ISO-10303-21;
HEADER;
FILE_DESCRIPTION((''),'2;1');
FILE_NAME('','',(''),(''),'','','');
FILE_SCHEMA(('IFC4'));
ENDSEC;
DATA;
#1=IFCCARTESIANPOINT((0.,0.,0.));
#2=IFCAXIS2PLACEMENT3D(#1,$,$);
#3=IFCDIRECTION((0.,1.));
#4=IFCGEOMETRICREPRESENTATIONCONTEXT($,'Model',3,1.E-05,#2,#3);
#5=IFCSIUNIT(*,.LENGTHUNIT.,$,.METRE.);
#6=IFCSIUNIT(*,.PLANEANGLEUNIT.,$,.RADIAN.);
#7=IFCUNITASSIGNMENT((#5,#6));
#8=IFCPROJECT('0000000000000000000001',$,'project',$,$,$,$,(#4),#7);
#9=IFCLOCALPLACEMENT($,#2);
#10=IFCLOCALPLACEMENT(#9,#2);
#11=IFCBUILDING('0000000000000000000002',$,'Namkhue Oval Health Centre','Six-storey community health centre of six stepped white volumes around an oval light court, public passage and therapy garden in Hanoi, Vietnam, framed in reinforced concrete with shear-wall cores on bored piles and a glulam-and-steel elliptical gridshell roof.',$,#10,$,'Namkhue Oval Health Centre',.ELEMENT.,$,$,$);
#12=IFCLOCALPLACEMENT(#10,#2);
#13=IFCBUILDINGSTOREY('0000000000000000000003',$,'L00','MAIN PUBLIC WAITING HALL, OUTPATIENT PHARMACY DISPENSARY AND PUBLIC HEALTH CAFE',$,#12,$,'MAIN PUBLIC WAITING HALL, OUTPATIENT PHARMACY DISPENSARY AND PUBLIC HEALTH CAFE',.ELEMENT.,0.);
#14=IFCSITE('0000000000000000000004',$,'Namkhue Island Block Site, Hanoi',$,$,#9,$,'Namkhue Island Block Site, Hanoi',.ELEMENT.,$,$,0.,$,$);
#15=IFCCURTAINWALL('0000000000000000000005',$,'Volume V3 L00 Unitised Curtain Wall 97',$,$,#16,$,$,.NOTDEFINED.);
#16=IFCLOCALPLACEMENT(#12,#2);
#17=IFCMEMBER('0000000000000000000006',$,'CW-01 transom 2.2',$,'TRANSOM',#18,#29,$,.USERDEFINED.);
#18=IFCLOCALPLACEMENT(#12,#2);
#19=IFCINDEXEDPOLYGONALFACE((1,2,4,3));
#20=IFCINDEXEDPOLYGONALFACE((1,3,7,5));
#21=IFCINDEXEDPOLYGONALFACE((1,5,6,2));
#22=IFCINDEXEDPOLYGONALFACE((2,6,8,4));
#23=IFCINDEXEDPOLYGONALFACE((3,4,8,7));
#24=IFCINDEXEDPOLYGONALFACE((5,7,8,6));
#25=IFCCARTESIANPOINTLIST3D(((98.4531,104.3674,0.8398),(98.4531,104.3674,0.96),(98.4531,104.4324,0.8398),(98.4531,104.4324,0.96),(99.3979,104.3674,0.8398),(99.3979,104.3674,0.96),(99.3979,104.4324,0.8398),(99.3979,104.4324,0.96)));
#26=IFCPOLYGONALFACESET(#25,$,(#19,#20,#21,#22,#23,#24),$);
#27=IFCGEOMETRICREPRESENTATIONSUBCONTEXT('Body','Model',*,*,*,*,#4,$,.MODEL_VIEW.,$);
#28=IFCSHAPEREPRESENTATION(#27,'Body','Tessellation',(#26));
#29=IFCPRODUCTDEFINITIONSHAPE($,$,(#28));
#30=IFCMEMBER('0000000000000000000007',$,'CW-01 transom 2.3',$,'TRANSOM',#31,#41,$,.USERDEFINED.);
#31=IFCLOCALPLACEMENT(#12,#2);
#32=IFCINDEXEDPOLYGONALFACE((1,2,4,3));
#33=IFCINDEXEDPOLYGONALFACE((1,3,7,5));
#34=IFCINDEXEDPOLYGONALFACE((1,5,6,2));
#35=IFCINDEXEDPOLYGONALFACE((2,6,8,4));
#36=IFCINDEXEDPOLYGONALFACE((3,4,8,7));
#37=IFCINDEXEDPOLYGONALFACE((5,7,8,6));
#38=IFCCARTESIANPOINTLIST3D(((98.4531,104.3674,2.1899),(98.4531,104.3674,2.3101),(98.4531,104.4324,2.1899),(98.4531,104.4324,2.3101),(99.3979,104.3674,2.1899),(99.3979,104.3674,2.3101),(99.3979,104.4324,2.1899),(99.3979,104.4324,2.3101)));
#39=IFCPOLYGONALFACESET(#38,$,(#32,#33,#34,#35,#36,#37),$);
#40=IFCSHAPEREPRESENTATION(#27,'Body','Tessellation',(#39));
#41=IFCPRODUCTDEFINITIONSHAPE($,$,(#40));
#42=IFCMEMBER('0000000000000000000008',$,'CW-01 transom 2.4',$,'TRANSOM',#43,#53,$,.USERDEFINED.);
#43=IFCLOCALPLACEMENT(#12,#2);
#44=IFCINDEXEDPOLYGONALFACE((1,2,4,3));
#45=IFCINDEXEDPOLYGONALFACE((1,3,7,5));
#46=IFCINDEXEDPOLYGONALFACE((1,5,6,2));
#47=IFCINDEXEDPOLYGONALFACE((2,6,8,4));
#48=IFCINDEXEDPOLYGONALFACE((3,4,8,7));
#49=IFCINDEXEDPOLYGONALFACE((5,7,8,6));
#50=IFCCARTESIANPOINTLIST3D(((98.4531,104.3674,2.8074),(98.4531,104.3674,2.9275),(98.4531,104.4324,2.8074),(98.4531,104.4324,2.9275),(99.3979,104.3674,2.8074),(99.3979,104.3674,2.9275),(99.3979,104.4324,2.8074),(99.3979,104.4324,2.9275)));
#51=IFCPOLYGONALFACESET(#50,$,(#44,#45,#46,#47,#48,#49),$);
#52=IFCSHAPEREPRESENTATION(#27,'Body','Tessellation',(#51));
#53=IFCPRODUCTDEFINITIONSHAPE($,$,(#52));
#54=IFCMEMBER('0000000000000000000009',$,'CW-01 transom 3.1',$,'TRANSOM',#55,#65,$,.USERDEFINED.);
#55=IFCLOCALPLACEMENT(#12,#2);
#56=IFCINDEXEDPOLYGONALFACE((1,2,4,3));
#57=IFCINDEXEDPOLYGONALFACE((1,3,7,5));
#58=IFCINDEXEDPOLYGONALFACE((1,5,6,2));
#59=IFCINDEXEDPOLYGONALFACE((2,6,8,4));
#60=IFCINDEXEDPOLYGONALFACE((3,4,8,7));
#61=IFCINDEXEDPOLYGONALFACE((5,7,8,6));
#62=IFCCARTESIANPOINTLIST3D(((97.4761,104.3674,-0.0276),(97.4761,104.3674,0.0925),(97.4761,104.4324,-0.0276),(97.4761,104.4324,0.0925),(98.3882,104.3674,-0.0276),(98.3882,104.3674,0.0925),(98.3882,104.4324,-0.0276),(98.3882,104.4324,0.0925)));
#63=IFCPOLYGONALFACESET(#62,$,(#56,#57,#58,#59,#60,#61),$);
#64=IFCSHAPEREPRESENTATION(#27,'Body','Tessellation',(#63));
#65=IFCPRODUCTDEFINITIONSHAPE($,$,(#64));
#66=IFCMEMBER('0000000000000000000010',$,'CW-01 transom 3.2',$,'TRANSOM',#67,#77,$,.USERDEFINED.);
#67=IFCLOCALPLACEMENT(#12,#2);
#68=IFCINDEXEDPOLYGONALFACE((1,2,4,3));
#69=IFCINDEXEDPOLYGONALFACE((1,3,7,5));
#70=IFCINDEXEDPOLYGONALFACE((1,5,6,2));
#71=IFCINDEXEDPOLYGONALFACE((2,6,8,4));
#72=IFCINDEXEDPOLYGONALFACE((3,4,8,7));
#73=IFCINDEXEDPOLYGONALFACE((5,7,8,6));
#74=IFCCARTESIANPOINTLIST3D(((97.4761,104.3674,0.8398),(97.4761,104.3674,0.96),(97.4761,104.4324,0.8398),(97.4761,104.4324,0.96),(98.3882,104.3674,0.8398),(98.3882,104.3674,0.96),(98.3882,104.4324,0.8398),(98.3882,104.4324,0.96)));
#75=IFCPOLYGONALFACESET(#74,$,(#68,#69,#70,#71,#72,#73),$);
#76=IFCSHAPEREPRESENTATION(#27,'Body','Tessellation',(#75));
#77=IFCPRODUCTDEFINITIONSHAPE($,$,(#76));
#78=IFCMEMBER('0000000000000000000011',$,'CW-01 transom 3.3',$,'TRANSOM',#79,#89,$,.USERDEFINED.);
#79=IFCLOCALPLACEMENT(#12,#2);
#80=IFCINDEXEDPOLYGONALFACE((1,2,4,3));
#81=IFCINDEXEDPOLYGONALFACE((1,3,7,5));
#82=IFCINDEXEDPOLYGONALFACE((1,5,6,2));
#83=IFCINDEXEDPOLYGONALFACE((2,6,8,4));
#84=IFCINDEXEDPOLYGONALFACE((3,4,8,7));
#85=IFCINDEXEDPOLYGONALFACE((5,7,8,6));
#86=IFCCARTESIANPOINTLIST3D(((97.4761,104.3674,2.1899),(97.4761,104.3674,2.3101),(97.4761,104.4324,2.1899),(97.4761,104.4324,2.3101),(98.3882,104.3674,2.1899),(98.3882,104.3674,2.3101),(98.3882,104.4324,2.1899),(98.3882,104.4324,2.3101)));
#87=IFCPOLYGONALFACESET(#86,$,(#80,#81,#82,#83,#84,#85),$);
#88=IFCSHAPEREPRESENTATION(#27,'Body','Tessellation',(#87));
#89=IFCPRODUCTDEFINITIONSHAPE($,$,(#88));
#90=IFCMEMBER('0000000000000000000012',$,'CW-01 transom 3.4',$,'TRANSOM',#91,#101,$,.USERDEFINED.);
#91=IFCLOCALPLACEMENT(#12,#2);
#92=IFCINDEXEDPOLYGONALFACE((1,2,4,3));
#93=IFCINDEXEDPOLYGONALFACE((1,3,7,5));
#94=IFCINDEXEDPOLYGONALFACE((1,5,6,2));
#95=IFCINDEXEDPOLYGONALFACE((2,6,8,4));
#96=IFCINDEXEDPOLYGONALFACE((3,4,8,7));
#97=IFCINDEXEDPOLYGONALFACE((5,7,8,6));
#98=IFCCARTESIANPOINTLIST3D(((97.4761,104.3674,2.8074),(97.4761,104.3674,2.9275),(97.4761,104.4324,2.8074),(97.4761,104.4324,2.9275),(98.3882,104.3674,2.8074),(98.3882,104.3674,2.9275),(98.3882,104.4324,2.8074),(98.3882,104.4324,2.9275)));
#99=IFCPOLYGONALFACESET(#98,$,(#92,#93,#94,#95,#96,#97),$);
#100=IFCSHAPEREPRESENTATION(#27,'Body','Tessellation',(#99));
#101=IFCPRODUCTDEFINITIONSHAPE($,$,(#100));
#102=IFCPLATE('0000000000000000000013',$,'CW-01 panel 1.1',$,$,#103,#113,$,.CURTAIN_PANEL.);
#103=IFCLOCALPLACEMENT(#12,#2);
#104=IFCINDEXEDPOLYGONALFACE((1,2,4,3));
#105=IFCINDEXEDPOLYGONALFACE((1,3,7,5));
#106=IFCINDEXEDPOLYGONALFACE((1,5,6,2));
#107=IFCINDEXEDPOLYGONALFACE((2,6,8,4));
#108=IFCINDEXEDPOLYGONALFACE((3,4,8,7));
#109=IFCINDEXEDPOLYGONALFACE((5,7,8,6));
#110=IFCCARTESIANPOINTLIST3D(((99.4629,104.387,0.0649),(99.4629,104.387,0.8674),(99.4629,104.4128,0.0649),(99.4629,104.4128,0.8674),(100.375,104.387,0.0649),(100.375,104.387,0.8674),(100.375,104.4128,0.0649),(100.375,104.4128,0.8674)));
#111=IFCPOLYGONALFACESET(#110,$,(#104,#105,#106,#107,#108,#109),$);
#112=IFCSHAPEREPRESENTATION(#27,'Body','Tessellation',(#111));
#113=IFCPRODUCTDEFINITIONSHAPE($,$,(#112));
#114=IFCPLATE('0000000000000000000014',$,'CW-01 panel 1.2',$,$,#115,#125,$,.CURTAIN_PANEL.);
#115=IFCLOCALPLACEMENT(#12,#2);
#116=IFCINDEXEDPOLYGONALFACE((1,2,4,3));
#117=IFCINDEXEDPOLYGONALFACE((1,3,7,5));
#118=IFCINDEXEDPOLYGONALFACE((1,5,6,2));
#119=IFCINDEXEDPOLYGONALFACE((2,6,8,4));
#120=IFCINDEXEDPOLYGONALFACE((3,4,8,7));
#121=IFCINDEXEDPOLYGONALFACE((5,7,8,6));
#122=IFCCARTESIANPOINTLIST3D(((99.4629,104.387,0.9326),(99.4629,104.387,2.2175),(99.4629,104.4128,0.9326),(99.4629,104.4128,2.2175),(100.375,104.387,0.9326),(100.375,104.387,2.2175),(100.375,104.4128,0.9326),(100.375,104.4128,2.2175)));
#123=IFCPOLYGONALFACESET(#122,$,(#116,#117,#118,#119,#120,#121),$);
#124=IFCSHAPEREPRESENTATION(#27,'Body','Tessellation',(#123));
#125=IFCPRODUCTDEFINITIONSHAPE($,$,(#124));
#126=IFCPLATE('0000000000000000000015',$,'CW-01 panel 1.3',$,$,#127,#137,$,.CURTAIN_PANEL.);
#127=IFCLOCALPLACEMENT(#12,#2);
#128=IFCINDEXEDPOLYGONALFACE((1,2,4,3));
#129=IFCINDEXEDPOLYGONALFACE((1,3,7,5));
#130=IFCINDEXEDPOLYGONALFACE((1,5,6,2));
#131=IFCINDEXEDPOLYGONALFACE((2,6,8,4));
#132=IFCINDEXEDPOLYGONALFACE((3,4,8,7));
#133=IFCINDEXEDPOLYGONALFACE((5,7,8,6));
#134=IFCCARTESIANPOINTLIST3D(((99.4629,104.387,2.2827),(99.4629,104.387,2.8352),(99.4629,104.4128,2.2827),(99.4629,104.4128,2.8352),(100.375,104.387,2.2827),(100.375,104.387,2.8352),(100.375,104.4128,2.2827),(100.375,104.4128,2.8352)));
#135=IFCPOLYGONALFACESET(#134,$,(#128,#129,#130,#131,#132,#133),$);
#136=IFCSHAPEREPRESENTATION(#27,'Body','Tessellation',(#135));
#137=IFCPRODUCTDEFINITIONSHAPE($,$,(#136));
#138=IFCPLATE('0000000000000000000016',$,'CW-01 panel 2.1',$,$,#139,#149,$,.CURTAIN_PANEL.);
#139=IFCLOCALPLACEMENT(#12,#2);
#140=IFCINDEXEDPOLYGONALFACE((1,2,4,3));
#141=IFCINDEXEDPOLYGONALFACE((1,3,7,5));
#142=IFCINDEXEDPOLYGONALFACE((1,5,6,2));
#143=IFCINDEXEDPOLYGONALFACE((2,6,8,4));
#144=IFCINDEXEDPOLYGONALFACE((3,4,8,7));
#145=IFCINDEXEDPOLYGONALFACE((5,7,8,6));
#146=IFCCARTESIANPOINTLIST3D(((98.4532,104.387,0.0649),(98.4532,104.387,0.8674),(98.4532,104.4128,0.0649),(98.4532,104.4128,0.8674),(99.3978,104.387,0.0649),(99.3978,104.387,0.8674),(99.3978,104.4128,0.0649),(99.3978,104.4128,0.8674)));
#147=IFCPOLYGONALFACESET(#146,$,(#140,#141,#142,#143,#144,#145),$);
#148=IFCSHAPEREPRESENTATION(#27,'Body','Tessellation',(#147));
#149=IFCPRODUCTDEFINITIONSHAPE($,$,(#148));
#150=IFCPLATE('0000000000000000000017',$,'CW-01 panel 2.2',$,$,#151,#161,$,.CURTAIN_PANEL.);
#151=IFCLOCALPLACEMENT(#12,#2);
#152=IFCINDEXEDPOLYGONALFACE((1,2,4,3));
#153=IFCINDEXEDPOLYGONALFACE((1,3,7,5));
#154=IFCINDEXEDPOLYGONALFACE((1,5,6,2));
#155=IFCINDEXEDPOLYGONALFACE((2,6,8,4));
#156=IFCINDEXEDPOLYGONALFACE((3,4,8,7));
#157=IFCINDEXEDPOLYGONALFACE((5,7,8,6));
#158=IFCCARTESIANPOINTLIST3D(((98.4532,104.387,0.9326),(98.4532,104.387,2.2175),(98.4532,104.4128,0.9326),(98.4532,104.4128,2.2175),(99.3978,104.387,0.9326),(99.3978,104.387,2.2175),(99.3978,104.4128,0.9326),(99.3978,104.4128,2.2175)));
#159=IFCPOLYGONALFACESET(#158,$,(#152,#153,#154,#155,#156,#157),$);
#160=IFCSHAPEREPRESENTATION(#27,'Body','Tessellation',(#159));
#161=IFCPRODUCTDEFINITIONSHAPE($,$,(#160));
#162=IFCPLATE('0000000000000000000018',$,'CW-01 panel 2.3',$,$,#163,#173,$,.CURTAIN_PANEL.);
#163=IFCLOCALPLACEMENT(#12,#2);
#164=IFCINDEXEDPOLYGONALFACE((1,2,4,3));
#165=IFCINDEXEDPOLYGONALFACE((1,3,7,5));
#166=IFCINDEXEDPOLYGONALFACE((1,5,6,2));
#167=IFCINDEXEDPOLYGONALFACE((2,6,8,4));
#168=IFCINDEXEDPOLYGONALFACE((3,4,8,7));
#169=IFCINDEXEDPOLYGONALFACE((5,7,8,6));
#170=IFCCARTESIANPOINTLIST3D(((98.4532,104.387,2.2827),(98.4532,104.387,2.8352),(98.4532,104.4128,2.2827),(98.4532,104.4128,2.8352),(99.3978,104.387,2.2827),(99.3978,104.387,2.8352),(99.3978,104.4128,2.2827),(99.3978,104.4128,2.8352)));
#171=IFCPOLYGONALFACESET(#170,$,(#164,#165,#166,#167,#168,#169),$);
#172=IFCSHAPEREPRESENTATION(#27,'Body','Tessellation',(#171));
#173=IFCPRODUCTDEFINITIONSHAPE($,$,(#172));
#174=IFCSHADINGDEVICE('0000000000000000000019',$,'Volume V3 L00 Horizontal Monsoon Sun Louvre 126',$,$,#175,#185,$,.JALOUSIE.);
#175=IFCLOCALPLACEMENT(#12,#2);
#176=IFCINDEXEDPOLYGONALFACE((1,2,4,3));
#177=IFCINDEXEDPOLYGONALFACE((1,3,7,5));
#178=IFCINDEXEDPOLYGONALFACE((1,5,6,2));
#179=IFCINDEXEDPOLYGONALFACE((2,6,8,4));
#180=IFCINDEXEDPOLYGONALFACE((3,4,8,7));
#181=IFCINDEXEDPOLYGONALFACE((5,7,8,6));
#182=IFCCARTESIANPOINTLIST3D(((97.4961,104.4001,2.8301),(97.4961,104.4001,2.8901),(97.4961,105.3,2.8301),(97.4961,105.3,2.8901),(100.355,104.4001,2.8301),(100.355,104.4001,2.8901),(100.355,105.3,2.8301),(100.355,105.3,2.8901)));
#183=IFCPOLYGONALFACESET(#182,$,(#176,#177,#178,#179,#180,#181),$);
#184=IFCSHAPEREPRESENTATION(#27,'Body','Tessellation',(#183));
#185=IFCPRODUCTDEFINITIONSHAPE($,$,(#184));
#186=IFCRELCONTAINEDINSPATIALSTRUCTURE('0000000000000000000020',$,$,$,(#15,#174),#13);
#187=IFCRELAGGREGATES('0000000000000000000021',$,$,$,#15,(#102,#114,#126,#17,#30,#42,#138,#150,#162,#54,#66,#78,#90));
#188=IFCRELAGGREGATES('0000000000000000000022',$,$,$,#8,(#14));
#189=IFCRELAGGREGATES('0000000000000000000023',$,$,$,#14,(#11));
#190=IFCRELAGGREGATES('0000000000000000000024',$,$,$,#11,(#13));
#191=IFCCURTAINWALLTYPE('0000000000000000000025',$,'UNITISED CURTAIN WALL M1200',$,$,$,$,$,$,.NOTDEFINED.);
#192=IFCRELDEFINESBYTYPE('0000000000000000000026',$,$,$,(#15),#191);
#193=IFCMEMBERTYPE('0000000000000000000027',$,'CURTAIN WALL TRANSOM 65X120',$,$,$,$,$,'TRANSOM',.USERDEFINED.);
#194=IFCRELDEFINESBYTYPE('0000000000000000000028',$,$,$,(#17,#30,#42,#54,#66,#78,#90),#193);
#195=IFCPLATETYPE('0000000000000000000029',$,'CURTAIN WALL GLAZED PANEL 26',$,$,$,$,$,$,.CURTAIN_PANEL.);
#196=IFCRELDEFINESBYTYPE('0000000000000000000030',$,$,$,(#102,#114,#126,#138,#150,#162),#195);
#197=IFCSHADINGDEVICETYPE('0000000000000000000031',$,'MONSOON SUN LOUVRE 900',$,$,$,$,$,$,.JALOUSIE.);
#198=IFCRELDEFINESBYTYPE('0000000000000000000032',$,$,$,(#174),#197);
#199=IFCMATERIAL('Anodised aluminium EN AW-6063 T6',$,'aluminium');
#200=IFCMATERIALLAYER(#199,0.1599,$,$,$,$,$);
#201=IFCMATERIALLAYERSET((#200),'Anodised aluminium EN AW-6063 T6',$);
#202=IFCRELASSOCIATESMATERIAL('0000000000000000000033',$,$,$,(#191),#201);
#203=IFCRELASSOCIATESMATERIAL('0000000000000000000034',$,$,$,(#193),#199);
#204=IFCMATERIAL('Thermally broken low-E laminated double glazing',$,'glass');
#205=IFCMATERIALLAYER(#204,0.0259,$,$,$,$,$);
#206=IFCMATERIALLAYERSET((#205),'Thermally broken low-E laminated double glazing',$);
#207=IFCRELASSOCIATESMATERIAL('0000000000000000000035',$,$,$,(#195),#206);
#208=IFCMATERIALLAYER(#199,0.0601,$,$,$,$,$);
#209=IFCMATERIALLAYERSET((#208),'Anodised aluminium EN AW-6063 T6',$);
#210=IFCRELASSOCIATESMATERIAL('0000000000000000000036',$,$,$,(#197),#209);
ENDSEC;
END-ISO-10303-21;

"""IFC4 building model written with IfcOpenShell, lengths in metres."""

from ifc_helpers import new_model, si_unit, direction, frame, origin, origin_2d, place, context, subcontext, project, spatial, rectangle, extrude, material, layer, layer_set, material_profile, profile_set, type_object, element, aggregate, save


model = new_model("IFC4")

# Units and contexts
model_context = context("Model", 3, precision=1e-05, world=origin(), true_north=direction((0.0, 1.0)))
body_context = subcontext(model_context, "Body", "Model", "MODEL_VIEW")
ifc_project = project(units=[si_unit("LENGTHUNIT", "METRE"), si_unit("PLANEANGLEUNIT", "RADIAN")], contexts=[model_context])

# Site, building, storey
site_placement = place(None, origin())
site = spatial("IfcSite", under=ifc_project, at=site_placement, Name="Namkhue Island Block Site, Hanoi", LongName="Namkhue Island Block Site, Hanoi", CompositionType="ELEMENT", RefElevation=0.0)
building_placement = place(site_placement, origin())
building = spatial("IfcBuilding", under=site, at=building_placement, Name="Namkhue Oval Health Centre", Description="Six-storey community health centre of six stepped white volumes around an oval light court, public passage and therapy garden in Hanoi, Vietnam, framed in reinforced concrete with shear-wall cores on bored piles and a glulam-and-steel elliptical gridshell roof.", LongName="Namkhue Oval Health Centre", CompositionType="ELEMENT")
storey_placement = place(building_placement, origin())
storey = spatial("IfcBuildingStorey", under=building, at=storey_placement, Name="L00", Description="MAIN PUBLIC WAITING HALL, OUTPATIENT PHARMACY DISPENSARY AND PUBLIC HEALTH CAFE", LongName="MAIN PUBLIC WAITING HALL, OUTPATIENT PHARMACY DISPENSARY AND PUBLIC HEALTH CAFE", CompositionType="ELEMENT", Elevation=0.0)

# Curtain wall, members, plates
ifc_material_1 = material(Name="Anodised aluminium EN AW-6063 T6", Category="aluminium")
ifc_layer_1 = layer(ifc_material_1, 0.1599)
ifc_layer_set_1 = layer_set([ifc_layer_1], Name="Anodised aluminium EN AW-6063 T6")
curtain_wall_type = type_object("IfcCurtainWallType", Name="UNITISED CURTAIN WALL M1200", PredefinedType="NOTDEFINED", material=ifc_layer_set_1)
curtain_wall_placement = place(storey_placement, origin())
curtain_wall = element("IfcCurtainWall", 1, at=curtain_wall_placement, inside=storey, type_object=curtain_wall_type, Name="Volume V3 L00 Unitised Curtain Wall 97", PredefinedType="NOTDEFINED")
ifc_material_profile_1 = material_profile(ifc_material_1, rectangle(XDim=0.0649, YDim=0.1201, at=origin_2d()), Name="ALU 65x120")
ifc_profile_set_1 = profile_set([ifc_material_profile_1], Name="Anodised aluminium EN AW-6063 T6")
member_type_1 = type_object("IfcMemberType", Name="CURTAIN WALL TRANSOM 65X120", ElementType="TRANSOM", PredefinedType="USERDEFINED", material=ifc_profile_set_1)
member_1_placement = place(storey_placement, frame((99.3979, 104.3999, 0.8999), z_axis=(-1.0, 0.0, 0.0), x_axis=(0.0, -1.0, 0.0)))
member_1 = element("IfcMember", 2, at=member_1_placement, type_object=member_type_1, Name="CW-01 transom 2.2", ObjectType="TRANSOM", PredefinedType="USERDEFINED", context=body_context, shape_type="SweptSolid", body=[
    extrude(rectangle(XDim=0.0649, YDim=0.1201, at=origin_2d()), origin(), (0.0, 0.0, 1.0), 0.9448),
])
member_2_placement = place(storey_placement, frame((99.3979, 104.3999, 2.25), z_axis=(-1.0, 0.0, 0.0), x_axis=(0.0, -1.0, 0.0)))
member_2 = element("IfcMember", 3, at=member_2_placement, type_object=member_type_1, Name="CW-01 transom 2.3", ObjectType="TRANSOM", PredefinedType="USERDEFINED", context=body_context, shape_type="SweptSolid", body=[
    extrude(rectangle(XDim=0.0649, YDim=0.1201, at=origin_2d()), origin(), (0.0, 0.0, 1.0), 0.9448),
])
member_3_placement = place(storey_placement, frame((99.3979, 104.3999, 2.8674), z_axis=(-1.0, 0.0, 0.0), x_axis=(0.0, -1.0, 0.0)))
member_3 = element("IfcMember", 4, at=member_3_placement, type_object=member_type_1, Name="CW-01 transom 2.4", ObjectType="TRANSOM", PredefinedType="USERDEFINED", context=body_context, shape_type="SweptSolid", body=[
    extrude(rectangle(XDim=0.0649, YDim=0.1201, at=origin_2d()), origin(), (0.0, 0.0, 1.0), 0.9448),
])
member_4_placement = place(storey_placement, frame((98.3882, 104.3999, 0.0325), z_axis=(-1.0, 0.0, 0.0), x_axis=(0.0, -1.0, 0.0)))
member_4 = element("IfcMember", 5, at=member_4_placement, type_object=member_type_1, Name="CW-01 transom 3.1", ObjectType="TRANSOM", PredefinedType="USERDEFINED", context=body_context, shape_type="SweptSolid", body=[
    extrude(rectangle(XDim=0.0649, YDim=0.1201, at=origin_2d()), origin(), (0.0, 0.0, 1.0), 0.9121),
])
member_5_placement = place(storey_placement, frame((98.3882, 104.3999, 0.8999), z_axis=(-1.0, 0.0, 0.0), x_axis=(0.0, -1.0, 0.0)))
member_5 = element("IfcMember", 6, at=member_5_placement, type_object=member_type_1, Name="CW-01 transom 3.2", ObjectType="TRANSOM", PredefinedType="USERDEFINED", context=body_context, shape_type="SweptSolid", body=[
    extrude(rectangle(XDim=0.0649, YDim=0.1201, at=origin_2d()), origin(), (0.0, 0.0, 1.0), 0.9121),
])
member_6_placement = place(storey_placement, frame((98.3882, 104.3999, 2.25), z_axis=(-1.0, 0.0, 0.0), x_axis=(0.0, -1.0, 0.0)))
member_6 = element("IfcMember", 7, at=member_6_placement, type_object=member_type_1, Name="CW-01 transom 3.3", ObjectType="TRANSOM", PredefinedType="USERDEFINED", context=body_context, shape_type="SweptSolid", body=[
    extrude(rectangle(XDim=0.0649, YDim=0.1201, at=origin_2d()), origin(), (0.0, 0.0, 1.0), 0.9121),
])
member_7_placement = place(storey_placement, frame((98.3882, 104.3999, 2.8674), z_axis=(-1.0, 0.0, 0.0), x_axis=(0.0, -1.0, 0.0)))
member_7 = element("IfcMember", 8, at=member_7_placement, type_object=member_type_1, Name="CW-01 transom 3.4", ObjectType="TRANSOM", PredefinedType="USERDEFINED", context=body_context, shape_type="SweptSolid", body=[
    extrude(rectangle(XDim=0.0649, YDim=0.1201, at=origin_2d()), origin(), (0.0, 0.0, 1.0), 0.9121),
])
ifc_material_2 = material(Name="Thermally broken low-E laminated double glazing", Category="glass")
ifc_layer_2 = layer(ifc_material_2, 0.0259)
ifc_layer_set_2 = layer_set([ifc_layer_2], Name="Thermally broken low-E laminated double glazing")
plate_type = type_object("IfcPlateType", Name="CURTAIN WALL GLAZED PANEL 26", PredefinedType="CURTAIN_PANEL", material=ifc_layer_set_2)
plate_1_placement = place(storey_placement, frame((99.9189, 104.3999, 0.0649), z_axis=(0.0, 0.0, 1.0), x_axis=(-1.0, 0.0, 0.0)))
plate_1 = element("IfcPlate", 9, at=plate_1_placement, type_object=plate_type, Name="CW-01 panel 1.1", PredefinedType="CURTAIN_PANEL", context=body_context, shape_type="SweptSolid", body=[
    extrude(rectangle(XDim=0.9121, YDim=0.0259, at=origin_2d()), origin(), (0.0, 0.0, 1.0), 0.8025),
])
plate_2_placement = place(storey_placement, frame((99.9189, 104.3999, 0.9326), z_axis=(0.0, 0.0, 1.0), x_axis=(-1.0, 0.0, 0.0)))
plate_2 = element("IfcPlate", 10, at=plate_2_placement, type_object=plate_type, Name="CW-01 panel 1.2", PredefinedType="CURTAIN_PANEL", context=body_context, shape_type="SweptSolid", body=[
    extrude(rectangle(XDim=0.9121, YDim=0.0259, at=origin_2d()), origin(), (0.0, 0.0, 1.0), 1.2849),
])
plate_3_placement = place(storey_placement, frame((99.9189, 104.3999, 2.2827), z_axis=(0.0, 0.0, 1.0), x_axis=(-1.0, 0.0, 0.0)))
plate_3 = element("IfcPlate", 11, at=plate_3_placement, type_object=plate_type, Name="CW-01 panel 1.3", PredefinedType="CURTAIN_PANEL", context=body_context, shape_type="SweptSolid", body=[
    extrude(rectangle(XDim=0.9121, YDim=0.0259, at=origin_2d()), origin(), (0.0, 0.0, 1.0), 0.5525),
])
plate_4_placement = place(storey_placement, frame((98.9255, 104.3999, 0.0649), z_axis=(0.0, 0.0, 1.0), x_axis=(-1.0, 0.0, 0.0)))
plate_4 = element("IfcPlate", 12, at=plate_4_placement, type_object=plate_type, Name="CW-01 panel 2.1", PredefinedType="CURTAIN_PANEL", context=body_context, shape_type="SweptSolid", body=[
    extrude(rectangle(XDim=0.9446, YDim=0.0259, at=origin_2d()), origin(), (0.0, 0.0, 1.0), 0.8025),
])
plate_5_placement = place(storey_placement, frame((98.9255, 104.3999, 0.9326), z_axis=(0.0, 0.0, 1.0), x_axis=(-1.0, 0.0, 0.0)))
plate_5 = element("IfcPlate", 13, at=plate_5_placement, type_object=plate_type, Name="CW-01 panel 2.2", PredefinedType="CURTAIN_PANEL", context=body_context, shape_type="SweptSolid", body=[
    extrude(rectangle(XDim=0.9446, YDim=0.0259, at=origin_2d()), origin(), (0.0, 0.0, 1.0), 1.2849),
])
plate_6_placement = place(storey_placement, frame((98.9255, 104.3999, 2.2827), z_axis=(0.0, 0.0, 1.0), x_axis=(-1.0, 0.0, 0.0)))
plate_6 = element("IfcPlate", 14, at=plate_6_placement, type_object=plate_type, Name="CW-01 panel 2.3", PredefinedType="CURTAIN_PANEL", context=body_context, shape_type="SweptSolid", body=[
    extrude(rectangle(XDim=0.9446, YDim=0.0259, at=origin_2d()), origin(), (0.0, 0.0, 1.0), 0.5525),
])
aggregate(curtain_wall, [plate_1, plate_2, plate_3, member_1, member_2, member_3, plate_4, plate_5, plate_6, member_4, member_5, member_6, member_7])

# Shading device
ifc_layer_3 = layer(ifc_material_1, 0.0601)
ifc_layer_set_3 = layer_set([ifc_layer_3], Name="Anodised aluminium EN AW-6063 T6")
shading_device_type_1 = type_object("IfcShadingDeviceType", Name="MONSOON SUN LOUVRE 900", PredefinedType="JALOUSIE", material=ifc_layer_set_3)
shading_device_1_placement = place(storey_placement, frame((98.9255, 104.8501, 2.8301), z_axis=(0.0, 0.0, 1.0), x_axis=(-1.0, 0.0, 0.0)))
element("IfcShadingDevice", 15, at=shading_device_1_placement, inside=storey, type_object=shading_device_type_1, Name="Volume V3 L00 Horizontal Monsoon Sun Louvre 126", PredefinedType="JALOUSIE", context=body_context, shape_type="SweptSolid", body=[
    extrude(rectangle(XDim=2.8589, YDim=0.8999, at=origin_2d()), origin(), (0.0, 0.0, 1.0), 0.0601),
])

save(model, "model.ifc")
